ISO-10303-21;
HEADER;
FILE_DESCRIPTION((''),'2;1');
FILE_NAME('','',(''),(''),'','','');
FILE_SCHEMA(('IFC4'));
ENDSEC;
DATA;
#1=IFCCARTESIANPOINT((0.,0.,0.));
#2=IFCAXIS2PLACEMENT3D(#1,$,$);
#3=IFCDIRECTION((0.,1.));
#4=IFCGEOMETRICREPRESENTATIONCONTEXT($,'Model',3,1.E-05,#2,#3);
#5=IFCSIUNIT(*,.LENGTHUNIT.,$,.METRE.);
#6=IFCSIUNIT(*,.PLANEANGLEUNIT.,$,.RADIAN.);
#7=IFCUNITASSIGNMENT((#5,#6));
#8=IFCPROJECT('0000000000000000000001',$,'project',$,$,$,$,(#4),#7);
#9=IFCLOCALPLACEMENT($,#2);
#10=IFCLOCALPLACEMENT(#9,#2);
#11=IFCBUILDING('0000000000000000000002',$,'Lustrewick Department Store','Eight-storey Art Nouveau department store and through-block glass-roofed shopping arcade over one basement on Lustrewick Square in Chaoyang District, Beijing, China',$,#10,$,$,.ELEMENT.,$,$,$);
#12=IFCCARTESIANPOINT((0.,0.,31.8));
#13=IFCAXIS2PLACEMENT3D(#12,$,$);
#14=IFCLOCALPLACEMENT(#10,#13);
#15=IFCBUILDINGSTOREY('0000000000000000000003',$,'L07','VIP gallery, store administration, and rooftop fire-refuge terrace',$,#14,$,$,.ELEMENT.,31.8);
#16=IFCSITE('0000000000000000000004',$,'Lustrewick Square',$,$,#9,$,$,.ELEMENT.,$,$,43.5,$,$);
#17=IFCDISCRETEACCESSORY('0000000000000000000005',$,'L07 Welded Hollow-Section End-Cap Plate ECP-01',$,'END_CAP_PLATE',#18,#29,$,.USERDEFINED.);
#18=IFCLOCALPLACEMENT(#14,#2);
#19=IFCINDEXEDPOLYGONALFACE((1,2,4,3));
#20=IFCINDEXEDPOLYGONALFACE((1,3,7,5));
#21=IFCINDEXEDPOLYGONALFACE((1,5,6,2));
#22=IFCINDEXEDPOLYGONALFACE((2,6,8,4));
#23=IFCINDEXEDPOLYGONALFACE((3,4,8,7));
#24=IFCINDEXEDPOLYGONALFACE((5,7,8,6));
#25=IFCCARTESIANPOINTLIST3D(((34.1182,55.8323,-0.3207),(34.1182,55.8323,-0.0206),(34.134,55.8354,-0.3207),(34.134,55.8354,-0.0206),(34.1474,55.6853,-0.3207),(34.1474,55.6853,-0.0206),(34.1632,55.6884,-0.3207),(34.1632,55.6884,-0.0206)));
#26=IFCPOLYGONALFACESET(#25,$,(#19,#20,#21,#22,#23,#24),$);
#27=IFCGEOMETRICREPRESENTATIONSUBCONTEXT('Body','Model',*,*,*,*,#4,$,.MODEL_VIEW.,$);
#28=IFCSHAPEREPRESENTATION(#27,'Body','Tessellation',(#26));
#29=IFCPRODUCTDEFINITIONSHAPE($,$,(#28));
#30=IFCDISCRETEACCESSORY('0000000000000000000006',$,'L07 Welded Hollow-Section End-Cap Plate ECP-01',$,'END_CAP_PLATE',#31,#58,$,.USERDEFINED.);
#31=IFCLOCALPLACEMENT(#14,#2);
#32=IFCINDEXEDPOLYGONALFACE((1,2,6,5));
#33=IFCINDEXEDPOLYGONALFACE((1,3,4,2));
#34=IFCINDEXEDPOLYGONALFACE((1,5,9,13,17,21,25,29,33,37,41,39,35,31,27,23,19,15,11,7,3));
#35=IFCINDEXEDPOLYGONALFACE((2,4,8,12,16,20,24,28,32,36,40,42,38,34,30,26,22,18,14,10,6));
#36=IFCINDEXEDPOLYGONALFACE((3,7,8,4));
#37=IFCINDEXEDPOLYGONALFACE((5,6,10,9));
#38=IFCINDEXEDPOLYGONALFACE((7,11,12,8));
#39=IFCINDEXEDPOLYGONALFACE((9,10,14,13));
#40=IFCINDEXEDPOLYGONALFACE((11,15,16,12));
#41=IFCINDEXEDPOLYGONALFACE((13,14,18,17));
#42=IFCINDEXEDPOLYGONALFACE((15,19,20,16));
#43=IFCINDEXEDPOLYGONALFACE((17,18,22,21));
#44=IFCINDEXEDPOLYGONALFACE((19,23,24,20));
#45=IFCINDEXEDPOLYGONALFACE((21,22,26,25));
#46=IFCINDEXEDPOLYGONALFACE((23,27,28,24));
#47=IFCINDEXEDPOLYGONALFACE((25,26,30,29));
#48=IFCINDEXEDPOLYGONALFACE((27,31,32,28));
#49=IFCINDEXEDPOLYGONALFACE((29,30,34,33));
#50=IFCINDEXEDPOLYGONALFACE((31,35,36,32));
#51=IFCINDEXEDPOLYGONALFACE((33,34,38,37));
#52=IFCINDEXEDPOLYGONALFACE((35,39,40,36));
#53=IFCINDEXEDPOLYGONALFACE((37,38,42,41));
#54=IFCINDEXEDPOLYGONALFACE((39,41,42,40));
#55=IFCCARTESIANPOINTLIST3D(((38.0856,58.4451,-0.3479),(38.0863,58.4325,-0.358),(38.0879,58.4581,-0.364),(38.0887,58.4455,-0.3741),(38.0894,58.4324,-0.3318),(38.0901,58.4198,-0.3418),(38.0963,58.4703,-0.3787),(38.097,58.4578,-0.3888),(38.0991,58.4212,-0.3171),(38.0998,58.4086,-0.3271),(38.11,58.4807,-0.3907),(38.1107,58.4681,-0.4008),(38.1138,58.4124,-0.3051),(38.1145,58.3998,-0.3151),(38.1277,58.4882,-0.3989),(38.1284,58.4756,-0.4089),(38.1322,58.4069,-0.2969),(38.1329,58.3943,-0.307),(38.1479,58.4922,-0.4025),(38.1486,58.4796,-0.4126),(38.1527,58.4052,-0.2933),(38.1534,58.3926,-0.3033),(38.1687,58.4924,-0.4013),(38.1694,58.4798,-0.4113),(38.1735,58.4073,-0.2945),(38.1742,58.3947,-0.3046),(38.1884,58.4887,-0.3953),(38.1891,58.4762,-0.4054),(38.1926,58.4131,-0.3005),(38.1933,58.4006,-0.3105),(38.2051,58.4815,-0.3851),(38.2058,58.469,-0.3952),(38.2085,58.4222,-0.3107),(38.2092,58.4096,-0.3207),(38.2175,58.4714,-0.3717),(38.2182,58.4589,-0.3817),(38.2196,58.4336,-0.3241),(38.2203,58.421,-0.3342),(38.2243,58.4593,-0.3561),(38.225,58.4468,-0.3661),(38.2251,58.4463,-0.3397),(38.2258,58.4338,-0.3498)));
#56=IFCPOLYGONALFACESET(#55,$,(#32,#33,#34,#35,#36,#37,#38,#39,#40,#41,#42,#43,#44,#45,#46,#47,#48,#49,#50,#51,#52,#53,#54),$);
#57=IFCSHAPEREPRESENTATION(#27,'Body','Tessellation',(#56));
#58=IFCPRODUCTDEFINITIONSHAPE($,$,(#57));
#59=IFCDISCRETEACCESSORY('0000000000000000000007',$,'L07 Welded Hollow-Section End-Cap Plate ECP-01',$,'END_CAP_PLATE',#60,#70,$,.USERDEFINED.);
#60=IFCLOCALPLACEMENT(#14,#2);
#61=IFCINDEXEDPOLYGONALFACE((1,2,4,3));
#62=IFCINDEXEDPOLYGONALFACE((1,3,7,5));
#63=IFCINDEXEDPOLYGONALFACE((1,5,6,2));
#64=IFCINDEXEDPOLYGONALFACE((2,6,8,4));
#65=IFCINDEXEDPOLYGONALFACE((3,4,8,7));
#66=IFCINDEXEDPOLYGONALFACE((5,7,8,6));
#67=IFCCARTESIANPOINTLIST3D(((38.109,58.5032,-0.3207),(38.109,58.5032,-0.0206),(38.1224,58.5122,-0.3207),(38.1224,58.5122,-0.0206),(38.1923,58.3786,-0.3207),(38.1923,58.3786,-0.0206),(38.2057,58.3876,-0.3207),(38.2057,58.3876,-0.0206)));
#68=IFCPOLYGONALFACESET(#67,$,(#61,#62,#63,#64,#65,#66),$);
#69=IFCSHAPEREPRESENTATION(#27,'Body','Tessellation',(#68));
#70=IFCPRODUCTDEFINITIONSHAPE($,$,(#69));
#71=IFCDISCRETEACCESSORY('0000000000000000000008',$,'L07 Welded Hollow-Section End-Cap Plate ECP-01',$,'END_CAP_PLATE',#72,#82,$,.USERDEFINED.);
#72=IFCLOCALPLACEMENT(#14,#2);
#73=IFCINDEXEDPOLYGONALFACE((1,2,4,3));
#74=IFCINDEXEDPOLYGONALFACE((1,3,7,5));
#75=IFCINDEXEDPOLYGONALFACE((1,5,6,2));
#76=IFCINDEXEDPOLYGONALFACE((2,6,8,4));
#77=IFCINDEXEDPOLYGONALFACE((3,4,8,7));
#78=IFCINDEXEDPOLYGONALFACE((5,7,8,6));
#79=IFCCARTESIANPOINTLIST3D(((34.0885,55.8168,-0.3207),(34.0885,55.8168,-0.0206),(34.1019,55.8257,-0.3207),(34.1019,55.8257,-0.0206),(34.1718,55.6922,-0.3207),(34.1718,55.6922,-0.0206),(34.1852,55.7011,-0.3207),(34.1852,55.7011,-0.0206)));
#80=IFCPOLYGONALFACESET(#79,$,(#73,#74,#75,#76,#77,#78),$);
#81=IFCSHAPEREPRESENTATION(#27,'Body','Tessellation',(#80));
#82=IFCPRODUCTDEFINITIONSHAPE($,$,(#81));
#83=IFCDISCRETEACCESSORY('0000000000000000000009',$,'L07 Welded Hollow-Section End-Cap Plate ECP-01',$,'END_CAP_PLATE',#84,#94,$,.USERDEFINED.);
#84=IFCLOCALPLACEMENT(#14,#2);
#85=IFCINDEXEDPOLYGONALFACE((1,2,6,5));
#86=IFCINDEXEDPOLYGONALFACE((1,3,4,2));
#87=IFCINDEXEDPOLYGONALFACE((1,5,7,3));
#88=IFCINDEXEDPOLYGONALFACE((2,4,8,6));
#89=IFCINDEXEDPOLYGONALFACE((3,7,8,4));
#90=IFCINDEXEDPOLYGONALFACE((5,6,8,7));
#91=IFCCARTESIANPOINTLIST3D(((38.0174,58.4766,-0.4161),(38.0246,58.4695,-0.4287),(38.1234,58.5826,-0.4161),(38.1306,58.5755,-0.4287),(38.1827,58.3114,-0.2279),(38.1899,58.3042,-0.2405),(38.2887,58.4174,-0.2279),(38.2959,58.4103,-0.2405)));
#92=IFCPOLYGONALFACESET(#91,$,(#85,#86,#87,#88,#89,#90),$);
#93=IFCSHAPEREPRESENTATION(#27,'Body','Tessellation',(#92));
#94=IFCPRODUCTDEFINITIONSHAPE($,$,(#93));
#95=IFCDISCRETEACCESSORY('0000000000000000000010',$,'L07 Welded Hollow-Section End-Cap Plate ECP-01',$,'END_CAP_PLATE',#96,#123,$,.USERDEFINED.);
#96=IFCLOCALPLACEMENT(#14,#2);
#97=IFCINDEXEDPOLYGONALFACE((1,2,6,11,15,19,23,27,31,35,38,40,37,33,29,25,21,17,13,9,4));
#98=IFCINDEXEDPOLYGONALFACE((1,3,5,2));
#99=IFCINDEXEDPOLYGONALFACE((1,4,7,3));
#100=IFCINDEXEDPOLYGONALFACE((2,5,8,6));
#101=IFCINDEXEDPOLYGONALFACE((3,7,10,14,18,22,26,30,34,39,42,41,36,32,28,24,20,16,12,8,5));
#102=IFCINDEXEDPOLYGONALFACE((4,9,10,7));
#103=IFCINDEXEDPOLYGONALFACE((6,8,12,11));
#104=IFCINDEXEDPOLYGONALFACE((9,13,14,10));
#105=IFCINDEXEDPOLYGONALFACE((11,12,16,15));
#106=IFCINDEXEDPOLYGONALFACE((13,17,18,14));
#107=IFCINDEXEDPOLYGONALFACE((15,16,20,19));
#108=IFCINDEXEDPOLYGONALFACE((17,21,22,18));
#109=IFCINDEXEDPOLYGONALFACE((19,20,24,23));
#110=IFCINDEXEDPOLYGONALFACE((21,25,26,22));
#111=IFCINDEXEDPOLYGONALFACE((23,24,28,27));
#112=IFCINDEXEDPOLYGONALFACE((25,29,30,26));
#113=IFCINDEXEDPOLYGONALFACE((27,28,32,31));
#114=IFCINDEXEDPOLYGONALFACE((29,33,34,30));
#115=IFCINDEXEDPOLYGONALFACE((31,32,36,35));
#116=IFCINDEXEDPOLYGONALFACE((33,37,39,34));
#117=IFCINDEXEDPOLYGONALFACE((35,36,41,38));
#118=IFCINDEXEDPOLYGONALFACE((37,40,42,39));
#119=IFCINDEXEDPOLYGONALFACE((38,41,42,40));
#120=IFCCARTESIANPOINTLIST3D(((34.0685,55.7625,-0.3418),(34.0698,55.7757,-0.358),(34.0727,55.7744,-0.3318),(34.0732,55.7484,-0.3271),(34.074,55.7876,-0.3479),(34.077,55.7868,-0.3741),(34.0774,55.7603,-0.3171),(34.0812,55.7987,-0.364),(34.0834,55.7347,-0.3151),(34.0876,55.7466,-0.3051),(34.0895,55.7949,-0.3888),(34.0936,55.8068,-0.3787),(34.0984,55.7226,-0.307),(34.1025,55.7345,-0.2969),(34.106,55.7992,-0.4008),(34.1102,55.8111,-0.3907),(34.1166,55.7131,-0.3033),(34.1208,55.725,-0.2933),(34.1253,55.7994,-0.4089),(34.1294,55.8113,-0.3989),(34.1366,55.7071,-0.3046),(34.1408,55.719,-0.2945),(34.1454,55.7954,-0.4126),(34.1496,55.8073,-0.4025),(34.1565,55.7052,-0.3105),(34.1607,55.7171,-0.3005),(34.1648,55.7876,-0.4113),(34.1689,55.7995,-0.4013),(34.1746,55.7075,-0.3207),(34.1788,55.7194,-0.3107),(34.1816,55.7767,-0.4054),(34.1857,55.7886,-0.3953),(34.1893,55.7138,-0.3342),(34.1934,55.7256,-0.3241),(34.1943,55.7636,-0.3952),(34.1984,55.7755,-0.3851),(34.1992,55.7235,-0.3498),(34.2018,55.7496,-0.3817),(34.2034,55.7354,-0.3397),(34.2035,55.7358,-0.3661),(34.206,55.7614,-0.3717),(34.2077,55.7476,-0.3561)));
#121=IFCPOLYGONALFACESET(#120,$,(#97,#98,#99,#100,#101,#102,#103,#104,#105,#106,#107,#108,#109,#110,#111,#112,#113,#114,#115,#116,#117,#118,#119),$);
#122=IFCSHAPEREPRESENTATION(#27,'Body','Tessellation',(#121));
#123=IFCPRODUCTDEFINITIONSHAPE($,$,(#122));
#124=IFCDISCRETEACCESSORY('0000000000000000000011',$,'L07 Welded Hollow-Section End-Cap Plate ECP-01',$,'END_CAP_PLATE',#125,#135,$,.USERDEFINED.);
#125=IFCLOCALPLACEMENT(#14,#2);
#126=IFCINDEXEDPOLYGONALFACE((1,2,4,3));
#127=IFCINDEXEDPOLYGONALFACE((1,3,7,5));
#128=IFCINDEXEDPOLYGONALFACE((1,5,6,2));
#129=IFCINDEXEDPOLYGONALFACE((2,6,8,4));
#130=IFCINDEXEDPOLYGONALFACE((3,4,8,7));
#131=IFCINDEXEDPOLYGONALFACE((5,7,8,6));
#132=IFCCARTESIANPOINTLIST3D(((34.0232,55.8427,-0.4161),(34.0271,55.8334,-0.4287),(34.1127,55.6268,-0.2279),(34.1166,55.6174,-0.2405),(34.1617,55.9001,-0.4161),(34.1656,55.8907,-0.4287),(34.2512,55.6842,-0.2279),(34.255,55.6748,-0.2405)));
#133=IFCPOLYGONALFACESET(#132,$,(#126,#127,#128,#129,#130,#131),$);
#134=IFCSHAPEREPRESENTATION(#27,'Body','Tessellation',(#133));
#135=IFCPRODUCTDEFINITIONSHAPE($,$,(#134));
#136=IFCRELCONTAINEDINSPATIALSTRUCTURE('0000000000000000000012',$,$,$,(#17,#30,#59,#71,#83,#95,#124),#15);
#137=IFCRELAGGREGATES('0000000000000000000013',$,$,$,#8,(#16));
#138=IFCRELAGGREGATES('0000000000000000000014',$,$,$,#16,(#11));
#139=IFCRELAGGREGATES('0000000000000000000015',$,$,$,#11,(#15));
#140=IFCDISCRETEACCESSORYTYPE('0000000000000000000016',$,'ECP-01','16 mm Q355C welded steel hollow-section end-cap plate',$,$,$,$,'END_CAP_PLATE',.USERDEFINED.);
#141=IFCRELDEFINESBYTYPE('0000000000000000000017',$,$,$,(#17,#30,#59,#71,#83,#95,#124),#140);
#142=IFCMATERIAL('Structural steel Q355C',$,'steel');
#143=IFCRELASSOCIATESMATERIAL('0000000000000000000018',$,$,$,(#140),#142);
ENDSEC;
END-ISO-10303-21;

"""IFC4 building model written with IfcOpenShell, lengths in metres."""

from ifc_helpers import new_model, si_unit, direction, frame, origin, origin_2d, place, context, subcontext, project, spatial, rectangle, circle, extrude, material, type_object, element, save


model = new_model("IFC4")

# Units and contexts
model_context = context("Model", 3, precision=1e-05, world=origin(), true_north=direction((0.0, 1.0)))
body_context = subcontext(model_context, "Body", "Model", "MODEL_VIEW")
ifc_project = project(units=[si_unit("LENGTHUNIT", "METRE"), si_unit("PLANEANGLEUNIT", "RADIAN")], contexts=[model_context])

# Site, building, storey
site_placement = place(None, origin())
site = spatial("IfcSite", under=ifc_project, at=site_placement, Name="Lustrewick Square", CompositionType="ELEMENT", RefElevation=43.5)
building_placement = place(site_placement, origin())
building = spatial("IfcBuilding", under=site, at=building_placement, Name="Lustrewick Department Store", Description="Eight-storey Art Nouveau department store and through-block glass-roofed shopping arcade over one basement on Lustrewick Square in Chaoyang District, Beijing, China", CompositionType="ELEMENT")
storey_placement = place(building_placement, frame((0.0, 0.0, 31.8)))
storey = spatial("IfcBuildingStorey", under=building, at=storey_placement, Name="L07", Description="VIP gallery, store administration, and rooftop fire-refuge terrace", CompositionType="ELEMENT", Elevation=31.8)

# Shared definitions
ifc_material_1 = material(Name="Structural steel Q355C", Category="steel")

# Discrete accessories
discrete_accessory_type_1 = type_object("IfcDiscreteAccessoryType", Name="ECP-01", Description="16 mm Q355C welded steel hollow-section end-cap plate", ElementType="END_CAP_PLATE", PredefinedType="USERDEFINED", material=ifc_material_1)
discrete_accessory_1_placement = place(storey_placement, frame((34.1328, 55.7588, -0.1707), z_axis=(0.980784, 0.195096, 0.0), x_axis=(-0.195096, 0.980784, 0.0)))
element("IfcDiscreteAccessory", 1, at=discrete_accessory_1_placement, inside=storey, type_object=discrete_accessory_type_1, Name="L07 Welded Hollow-Section End-Cap Plate ECP-01", ObjectType="END_CAP_PLATE", PredefinedType="USERDEFINED", context=body_context, shape_type="SweptSolid", body=[
    extrude(rectangle(XDim=0.1499, YDim=0.3, at=origin_2d()), origin(), (0.0, 0.0, 1.0), 0.0161),
])
discrete_accessory_2_placement = place(storey_placement, frame((38.1555, 58.449, -0.3479), z_axis=(0.043579, -0.780322, -0.623858), x_axis=(-0.998444, -0.055761, 0.0)))
element("IfcDiscreteAccessory", 2, at=discrete_accessory_2_placement, inside=storey, type_object=discrete_accessory_type_1, Name="L07 Welded Hollow-Section End-Cap Plate ECP-01", ObjectType="END_CAP_PLATE", PredefinedType="USERDEFINED", context=body_context, shape_type="SweptSolid", body=[
    extrude(circle(Radius=0.0701, at=origin_2d()), origin(), (0.0, 0.0, 1.0), 0.0161),
])
for number, where, z_axis, x_axis, name in (
    (3, (38.1506, 58.4409, -0.1707), (0.831451, 0.555598, 0.0), (-0.555598, 0.831451, 0.0), "L07 Welded Hollow-Section End-Cap Plate ECP-01"),
    (4, (34.1436, 55.7634, -0.1707), (-0.831451, -0.555598, 0.0), (-0.555598, 0.831451, 0.0), "L07 Welded Hollow-Section End-Cap Plate ECP-01"),
    (5, (38.1531, 58.447, -0.322), (0.443459, -0.443412, -0.778928), (-0.707069, -0.707145, 0.0), "L07 Welded Hollow-Section End-Cap Plate ECP-01"),
):
    element("IfcDiscreteAccessory", number, at=place(storey_placement, frame(where, z_axis=z_axis, x_axis=x_axis)), inside=storey, type_object=discrete_accessory_type_1, Name=name, ObjectType="END_CAP_PLATE", PredefinedType="USERDEFINED", context=body_context, shape_type="SweptSolid", body=[
        extrude(rectangle(XDim=0.1499, YDim=0.3, at=origin_2d()), origin(), (0.0, 0.0, 1.0), 0.0161),
    ])
discrete_accessory_3_placement = place(storey_placement, frame((34.1401, 55.7644, -0.3479), z_axis=(-0.258351, -0.737606, -0.623852), x_axis=(-0.943783, 0.330565, 0.0)))
element("IfcDiscreteAccessory", 6, at=discrete_accessory_3_placement, inside=storey, type_object=discrete_accessory_type_1, Name="L07 Welded Hollow-Section End-Cap Plate ECP-01", ObjectType="END_CAP_PLATE", PredefinedType="USERDEFINED", context=body_context, shape_type="SweptSolid", body=[
    extrude(circle(Radius=0.0701, at=origin_2d()), origin(), (0.0, 0.0, 1.0), 0.0161),
])
discrete_accessory_4_placement = place(storey_placement, frame((34.1372, 55.7634, -0.322), z_axis=(0.240018, -0.579378, -0.778918), x_axis=(-0.923862, -0.382726, 0.0)))
element("IfcDiscreteAccessory", 7, at=discrete_accessory_4_placement, inside=storey, type_object=discrete_accessory_type_1, Name="L07 Welded Hollow-Section End-Cap Plate ECP-01", ObjectType="END_CAP_PLATE", PredefinedType="USERDEFINED", context=body_context, shape_type="SweptSolid", body=[
    extrude(rectangle(XDim=0.1499, YDim=0.3, at=origin_2d()), origin(), (0.0, 0.0, 1.0), 0.0161),
])

save(model, "model.ifc")
